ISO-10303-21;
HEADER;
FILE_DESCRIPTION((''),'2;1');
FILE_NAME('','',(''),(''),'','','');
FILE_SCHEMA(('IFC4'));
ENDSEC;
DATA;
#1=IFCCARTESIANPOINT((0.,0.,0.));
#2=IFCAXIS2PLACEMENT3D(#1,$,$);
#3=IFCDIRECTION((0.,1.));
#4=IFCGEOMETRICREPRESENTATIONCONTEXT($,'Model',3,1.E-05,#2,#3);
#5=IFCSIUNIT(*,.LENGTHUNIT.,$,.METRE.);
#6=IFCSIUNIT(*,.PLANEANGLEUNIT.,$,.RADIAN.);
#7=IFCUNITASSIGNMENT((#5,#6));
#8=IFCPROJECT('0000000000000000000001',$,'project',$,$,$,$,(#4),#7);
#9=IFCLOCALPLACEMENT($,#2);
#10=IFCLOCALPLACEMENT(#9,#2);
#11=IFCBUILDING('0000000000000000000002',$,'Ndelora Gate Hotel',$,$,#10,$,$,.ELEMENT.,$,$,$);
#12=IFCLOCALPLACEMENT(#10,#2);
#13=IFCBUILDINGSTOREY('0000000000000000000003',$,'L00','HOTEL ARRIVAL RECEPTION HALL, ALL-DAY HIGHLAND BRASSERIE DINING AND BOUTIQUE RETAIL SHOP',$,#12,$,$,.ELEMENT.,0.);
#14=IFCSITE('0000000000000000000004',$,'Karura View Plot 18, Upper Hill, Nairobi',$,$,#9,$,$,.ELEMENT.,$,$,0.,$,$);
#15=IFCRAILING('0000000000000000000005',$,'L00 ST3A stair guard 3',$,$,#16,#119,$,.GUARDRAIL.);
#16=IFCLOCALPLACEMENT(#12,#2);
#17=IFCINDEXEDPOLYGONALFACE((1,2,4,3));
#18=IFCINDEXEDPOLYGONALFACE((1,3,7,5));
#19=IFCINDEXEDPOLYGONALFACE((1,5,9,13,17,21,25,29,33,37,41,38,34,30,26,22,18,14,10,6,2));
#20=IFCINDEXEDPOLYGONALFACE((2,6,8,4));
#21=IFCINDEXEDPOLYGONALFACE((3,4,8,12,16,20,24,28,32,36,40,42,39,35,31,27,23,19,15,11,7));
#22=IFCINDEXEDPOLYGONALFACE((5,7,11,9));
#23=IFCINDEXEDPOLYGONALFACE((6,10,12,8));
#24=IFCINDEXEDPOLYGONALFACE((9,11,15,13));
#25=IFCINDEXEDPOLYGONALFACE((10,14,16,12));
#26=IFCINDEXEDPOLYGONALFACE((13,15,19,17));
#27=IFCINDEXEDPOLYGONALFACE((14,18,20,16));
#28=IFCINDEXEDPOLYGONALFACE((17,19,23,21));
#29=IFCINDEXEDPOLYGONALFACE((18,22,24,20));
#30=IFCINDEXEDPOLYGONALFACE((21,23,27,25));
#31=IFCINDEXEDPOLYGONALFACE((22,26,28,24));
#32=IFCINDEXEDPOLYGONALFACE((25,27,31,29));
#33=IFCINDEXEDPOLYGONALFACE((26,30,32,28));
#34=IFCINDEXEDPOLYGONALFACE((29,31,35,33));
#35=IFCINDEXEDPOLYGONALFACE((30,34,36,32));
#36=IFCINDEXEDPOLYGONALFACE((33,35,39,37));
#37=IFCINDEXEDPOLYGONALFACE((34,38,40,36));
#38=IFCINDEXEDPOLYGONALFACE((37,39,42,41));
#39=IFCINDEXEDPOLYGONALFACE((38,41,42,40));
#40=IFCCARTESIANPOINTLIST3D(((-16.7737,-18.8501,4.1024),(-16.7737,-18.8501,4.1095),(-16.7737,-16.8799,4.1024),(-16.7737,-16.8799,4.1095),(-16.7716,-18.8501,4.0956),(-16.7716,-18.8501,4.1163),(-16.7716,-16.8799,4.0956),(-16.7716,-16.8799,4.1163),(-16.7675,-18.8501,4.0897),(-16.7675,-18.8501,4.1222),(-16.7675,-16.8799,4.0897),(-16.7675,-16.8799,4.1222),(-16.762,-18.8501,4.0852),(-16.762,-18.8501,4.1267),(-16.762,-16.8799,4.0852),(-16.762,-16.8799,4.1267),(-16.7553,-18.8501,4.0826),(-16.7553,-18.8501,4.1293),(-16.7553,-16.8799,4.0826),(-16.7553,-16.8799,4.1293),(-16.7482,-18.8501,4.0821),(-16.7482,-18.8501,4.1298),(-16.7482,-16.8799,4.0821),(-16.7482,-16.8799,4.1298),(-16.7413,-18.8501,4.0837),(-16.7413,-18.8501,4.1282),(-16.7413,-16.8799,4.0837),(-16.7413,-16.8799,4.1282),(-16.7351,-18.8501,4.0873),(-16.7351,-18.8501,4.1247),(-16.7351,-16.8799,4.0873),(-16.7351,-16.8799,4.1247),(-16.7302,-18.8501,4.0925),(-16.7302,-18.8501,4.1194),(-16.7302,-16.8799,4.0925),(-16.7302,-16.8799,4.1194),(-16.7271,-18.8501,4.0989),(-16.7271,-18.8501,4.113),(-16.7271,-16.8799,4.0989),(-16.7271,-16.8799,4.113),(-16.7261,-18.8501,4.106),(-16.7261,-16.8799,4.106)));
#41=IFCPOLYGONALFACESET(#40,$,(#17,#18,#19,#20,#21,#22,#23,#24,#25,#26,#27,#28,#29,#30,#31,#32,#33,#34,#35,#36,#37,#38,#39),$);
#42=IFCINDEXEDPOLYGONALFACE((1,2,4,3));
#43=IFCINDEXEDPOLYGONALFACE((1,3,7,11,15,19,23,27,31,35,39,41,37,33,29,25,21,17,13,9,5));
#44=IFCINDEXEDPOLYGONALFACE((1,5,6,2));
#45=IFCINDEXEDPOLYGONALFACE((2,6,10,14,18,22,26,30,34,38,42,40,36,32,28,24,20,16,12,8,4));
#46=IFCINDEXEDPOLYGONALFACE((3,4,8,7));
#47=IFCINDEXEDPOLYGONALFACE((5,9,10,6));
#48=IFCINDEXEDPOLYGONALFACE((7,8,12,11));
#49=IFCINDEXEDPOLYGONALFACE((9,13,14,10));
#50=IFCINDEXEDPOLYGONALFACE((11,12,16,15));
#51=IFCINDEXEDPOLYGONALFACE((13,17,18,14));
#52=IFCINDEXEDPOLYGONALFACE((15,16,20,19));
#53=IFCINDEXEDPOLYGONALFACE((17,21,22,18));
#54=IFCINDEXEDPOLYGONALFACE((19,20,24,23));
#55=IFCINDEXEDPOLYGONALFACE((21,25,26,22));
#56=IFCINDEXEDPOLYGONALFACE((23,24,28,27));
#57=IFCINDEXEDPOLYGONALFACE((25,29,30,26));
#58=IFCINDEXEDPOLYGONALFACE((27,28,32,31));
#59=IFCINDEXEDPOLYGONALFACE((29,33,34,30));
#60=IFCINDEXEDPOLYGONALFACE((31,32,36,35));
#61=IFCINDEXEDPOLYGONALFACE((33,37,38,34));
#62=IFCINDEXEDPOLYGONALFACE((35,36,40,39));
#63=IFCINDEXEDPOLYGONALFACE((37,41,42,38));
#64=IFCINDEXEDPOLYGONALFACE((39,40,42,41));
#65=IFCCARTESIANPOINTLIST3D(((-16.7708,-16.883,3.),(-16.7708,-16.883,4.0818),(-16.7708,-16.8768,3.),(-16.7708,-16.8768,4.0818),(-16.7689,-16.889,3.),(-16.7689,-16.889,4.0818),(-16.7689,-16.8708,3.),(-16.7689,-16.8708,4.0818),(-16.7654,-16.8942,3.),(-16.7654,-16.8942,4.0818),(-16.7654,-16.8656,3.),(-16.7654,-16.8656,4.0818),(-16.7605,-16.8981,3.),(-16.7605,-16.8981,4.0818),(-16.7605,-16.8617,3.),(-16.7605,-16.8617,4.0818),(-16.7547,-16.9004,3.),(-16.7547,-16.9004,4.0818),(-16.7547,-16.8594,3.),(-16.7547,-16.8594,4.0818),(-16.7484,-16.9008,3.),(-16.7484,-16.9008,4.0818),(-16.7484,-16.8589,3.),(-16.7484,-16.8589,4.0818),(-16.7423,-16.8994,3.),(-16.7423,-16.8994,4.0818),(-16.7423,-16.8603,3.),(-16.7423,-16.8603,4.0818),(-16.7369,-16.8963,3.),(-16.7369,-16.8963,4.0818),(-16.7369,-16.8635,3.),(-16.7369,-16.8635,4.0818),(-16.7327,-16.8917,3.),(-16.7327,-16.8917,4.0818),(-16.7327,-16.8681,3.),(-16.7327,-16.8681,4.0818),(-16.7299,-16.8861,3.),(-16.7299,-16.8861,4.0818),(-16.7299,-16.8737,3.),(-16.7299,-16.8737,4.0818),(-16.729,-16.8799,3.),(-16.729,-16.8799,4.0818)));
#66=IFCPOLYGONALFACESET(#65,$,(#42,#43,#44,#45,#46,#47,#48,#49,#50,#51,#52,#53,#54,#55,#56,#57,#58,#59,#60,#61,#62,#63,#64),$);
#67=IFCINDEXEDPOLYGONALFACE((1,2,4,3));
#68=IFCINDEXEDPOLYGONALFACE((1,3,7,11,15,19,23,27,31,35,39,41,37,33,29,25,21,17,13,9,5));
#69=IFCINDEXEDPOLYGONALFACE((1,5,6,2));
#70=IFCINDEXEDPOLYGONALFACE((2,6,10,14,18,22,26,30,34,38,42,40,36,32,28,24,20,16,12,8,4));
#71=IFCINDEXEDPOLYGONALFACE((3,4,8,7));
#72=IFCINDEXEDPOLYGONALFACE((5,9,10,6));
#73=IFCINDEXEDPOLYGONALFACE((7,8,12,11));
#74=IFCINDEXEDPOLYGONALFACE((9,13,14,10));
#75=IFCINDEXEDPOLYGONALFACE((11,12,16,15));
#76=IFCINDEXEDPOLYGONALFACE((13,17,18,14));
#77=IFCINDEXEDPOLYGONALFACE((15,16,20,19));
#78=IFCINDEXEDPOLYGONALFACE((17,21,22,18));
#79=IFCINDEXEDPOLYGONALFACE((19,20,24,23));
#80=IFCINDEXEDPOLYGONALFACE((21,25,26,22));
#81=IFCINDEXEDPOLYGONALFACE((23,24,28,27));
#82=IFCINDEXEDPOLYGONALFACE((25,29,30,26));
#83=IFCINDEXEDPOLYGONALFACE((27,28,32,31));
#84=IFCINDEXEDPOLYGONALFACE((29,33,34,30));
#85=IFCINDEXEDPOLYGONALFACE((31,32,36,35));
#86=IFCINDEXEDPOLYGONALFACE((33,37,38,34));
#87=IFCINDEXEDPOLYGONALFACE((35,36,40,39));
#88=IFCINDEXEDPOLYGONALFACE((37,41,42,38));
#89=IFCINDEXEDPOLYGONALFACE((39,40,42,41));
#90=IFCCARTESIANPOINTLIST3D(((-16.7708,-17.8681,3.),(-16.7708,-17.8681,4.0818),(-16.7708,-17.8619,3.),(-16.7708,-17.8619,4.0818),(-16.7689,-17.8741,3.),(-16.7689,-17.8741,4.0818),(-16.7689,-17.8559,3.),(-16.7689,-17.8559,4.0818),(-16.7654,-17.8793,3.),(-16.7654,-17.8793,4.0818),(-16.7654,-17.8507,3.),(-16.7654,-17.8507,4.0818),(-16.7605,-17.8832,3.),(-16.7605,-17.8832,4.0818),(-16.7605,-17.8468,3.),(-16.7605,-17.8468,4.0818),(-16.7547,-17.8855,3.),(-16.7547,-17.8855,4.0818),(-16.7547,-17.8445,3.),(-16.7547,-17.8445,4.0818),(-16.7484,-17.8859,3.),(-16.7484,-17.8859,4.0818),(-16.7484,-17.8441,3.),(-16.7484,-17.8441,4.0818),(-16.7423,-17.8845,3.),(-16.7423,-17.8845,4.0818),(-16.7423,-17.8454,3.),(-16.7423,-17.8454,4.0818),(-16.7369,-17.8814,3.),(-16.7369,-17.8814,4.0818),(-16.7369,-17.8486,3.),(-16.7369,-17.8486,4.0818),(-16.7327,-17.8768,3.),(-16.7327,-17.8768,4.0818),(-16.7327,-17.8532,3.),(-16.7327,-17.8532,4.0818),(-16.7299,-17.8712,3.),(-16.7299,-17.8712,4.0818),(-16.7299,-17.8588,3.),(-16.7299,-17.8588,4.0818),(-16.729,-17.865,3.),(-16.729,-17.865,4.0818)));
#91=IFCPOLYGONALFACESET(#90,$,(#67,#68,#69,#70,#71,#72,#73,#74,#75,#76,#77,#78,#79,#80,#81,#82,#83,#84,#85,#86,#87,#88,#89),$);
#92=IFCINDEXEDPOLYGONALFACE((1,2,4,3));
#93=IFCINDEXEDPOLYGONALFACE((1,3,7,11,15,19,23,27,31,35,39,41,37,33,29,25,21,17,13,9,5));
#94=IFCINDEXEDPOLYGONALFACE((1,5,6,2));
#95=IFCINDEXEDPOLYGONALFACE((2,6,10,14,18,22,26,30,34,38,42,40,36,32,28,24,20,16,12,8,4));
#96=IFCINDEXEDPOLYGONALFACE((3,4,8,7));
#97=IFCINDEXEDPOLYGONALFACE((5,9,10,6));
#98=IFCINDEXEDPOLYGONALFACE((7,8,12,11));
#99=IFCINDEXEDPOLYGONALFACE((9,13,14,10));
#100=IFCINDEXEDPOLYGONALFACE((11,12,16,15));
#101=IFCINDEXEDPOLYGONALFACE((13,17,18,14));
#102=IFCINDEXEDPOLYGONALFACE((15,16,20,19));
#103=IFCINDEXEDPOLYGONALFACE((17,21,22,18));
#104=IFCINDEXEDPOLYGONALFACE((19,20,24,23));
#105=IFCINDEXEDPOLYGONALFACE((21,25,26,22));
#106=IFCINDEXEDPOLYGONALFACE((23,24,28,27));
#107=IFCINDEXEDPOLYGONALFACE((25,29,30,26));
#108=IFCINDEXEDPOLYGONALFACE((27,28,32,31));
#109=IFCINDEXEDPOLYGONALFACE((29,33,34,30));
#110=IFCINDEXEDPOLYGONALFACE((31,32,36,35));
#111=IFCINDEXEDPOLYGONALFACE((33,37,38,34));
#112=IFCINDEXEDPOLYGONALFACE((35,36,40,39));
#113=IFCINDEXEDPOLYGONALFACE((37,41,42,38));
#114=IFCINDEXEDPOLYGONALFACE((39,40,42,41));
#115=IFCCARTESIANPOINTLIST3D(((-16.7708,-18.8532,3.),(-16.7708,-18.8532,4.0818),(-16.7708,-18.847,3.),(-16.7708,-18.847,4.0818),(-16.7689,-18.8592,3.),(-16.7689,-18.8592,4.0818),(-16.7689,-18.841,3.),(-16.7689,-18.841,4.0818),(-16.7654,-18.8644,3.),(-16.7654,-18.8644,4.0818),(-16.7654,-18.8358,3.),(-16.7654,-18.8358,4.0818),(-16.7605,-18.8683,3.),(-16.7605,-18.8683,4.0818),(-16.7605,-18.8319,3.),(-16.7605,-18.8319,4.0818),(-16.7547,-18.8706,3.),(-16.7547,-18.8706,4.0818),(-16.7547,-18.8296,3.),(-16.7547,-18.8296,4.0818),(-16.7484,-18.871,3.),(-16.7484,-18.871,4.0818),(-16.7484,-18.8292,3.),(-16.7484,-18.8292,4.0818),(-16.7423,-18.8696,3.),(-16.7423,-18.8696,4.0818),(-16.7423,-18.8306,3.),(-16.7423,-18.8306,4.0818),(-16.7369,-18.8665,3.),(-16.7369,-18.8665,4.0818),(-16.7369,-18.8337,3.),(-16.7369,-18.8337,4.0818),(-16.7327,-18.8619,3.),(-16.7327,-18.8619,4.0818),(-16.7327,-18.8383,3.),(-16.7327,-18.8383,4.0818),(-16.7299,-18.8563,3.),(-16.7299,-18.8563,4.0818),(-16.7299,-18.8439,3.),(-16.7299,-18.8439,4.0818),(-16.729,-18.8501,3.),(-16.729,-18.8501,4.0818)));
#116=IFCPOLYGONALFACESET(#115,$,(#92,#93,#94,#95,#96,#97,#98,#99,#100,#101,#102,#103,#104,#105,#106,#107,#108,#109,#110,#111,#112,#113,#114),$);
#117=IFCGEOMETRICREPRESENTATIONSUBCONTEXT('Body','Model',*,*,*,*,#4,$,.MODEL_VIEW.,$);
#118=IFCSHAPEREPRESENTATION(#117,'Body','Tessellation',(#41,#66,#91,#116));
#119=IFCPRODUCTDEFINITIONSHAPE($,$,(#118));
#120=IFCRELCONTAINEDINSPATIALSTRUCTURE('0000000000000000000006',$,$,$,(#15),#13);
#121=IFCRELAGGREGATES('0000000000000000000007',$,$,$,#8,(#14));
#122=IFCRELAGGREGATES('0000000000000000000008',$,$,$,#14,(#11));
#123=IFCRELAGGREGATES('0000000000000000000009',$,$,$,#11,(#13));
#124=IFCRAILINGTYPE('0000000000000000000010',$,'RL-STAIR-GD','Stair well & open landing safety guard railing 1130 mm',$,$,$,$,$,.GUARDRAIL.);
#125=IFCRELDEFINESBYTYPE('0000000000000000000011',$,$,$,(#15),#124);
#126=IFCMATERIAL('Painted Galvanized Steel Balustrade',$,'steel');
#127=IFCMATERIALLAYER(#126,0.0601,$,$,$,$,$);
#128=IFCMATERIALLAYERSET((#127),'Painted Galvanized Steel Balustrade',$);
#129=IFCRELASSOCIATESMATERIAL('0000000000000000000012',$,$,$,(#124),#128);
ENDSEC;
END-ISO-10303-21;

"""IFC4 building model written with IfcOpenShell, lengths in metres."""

from ifc_helpers import new_model, si_unit, direction, frame, origin, origin_2d, place, context, subcontext, project, spatial, circle, extrude, material, layer, layer_set, type_object, element, save


model = new_model("IFC4")

# Units and contexts
model_context = context("Model", 3, precision=1e-05, world=origin(), true_north=direction((0.0, 1.0)))
body_context = subcontext(model_context, "Body", "Model", "MODEL_VIEW")
ifc_project = project(units=[si_unit("LENGTHUNIT", "METRE"), si_unit("PLANEANGLEUNIT", "RADIAN")], contexts=[model_context])

# Site, building, storey
site_placement = place(None, origin())
site = spatial("IfcSite", under=ifc_project, at=site_placement, Name="Karura View Plot 18, Upper Hill, Nairobi", CompositionType="ELEMENT", RefElevation=0.0)
building_placement = place(site_placement, origin())
building = spatial("IfcBuilding", under=site, at=building_placement, Name="Ndelora Gate Hotel", CompositionType="ELEMENT")
storey_placement = place(building_placement, origin())
storey = spatial("IfcBuildingStorey", under=building, at=storey_placement, Name="L00", Description="HOTEL ARRIVAL RECEPTION HALL, ALL-DAY HIGHLAND BRASSERIE DINING AND BOUTIQUE RETAIL SHOP", CompositionType="ELEMENT", Elevation=0.0)

# Railing
ifc_material_1 = material(Name="Painted Galvanized Steel Balustrade", Category="steel")
ifc_layer_1 = layer(ifc_material_1, 0.0601)
ifc_layer_set_1 = layer_set([ifc_layer_1], Name="Painted Galvanized Steel Balustrade")
railing_type = type_object("IfcRailingType", Name="RL-STAIR-GD", Description="Stair well & open landing safety guard railing 1130 mm", PredefinedType="GUARDRAIL", material=ifc_layer_set_1)
for number, where, name in (
    (1, (-16.75, -16.8799, 3.0), "L00 ST3A stair guard 3"),
):
    element("IfcRailing", number, at=place(storey_placement, frame(where)), inside=storey, type_object=railing_type, Name=name, PredefinedType="GUARDRAIL", context=body_context, shape_type="SweptSolid", body=[
        extrude(circle(Radius=0.0239, at=origin_2d()), frame((0.0, 0.0, 1.106), z_axis=(0.0, -1.0, 0.0), x_axis=(1.0, 0.0, 0.0)), (0.0, 0.0, 1.0), 1.9702),
        extrude(circle(Radius=0.021, at=origin_2d()), origin(), (0.0, 0.0, 1.0), 1.0818),
        extrude(circle(Radius=0.021, at=origin_2d()), frame((0.0, -0.9851, 0.0)), (0.0, 0.0, 1.0), 1.0818),
        extrude(circle(Radius=0.021, at=origin_2d()), frame((0.0, -1.9702, 0.0)), (0.0, 0.0, 1.0), 1.0818),
    ])

save(model, "model.ifc")
